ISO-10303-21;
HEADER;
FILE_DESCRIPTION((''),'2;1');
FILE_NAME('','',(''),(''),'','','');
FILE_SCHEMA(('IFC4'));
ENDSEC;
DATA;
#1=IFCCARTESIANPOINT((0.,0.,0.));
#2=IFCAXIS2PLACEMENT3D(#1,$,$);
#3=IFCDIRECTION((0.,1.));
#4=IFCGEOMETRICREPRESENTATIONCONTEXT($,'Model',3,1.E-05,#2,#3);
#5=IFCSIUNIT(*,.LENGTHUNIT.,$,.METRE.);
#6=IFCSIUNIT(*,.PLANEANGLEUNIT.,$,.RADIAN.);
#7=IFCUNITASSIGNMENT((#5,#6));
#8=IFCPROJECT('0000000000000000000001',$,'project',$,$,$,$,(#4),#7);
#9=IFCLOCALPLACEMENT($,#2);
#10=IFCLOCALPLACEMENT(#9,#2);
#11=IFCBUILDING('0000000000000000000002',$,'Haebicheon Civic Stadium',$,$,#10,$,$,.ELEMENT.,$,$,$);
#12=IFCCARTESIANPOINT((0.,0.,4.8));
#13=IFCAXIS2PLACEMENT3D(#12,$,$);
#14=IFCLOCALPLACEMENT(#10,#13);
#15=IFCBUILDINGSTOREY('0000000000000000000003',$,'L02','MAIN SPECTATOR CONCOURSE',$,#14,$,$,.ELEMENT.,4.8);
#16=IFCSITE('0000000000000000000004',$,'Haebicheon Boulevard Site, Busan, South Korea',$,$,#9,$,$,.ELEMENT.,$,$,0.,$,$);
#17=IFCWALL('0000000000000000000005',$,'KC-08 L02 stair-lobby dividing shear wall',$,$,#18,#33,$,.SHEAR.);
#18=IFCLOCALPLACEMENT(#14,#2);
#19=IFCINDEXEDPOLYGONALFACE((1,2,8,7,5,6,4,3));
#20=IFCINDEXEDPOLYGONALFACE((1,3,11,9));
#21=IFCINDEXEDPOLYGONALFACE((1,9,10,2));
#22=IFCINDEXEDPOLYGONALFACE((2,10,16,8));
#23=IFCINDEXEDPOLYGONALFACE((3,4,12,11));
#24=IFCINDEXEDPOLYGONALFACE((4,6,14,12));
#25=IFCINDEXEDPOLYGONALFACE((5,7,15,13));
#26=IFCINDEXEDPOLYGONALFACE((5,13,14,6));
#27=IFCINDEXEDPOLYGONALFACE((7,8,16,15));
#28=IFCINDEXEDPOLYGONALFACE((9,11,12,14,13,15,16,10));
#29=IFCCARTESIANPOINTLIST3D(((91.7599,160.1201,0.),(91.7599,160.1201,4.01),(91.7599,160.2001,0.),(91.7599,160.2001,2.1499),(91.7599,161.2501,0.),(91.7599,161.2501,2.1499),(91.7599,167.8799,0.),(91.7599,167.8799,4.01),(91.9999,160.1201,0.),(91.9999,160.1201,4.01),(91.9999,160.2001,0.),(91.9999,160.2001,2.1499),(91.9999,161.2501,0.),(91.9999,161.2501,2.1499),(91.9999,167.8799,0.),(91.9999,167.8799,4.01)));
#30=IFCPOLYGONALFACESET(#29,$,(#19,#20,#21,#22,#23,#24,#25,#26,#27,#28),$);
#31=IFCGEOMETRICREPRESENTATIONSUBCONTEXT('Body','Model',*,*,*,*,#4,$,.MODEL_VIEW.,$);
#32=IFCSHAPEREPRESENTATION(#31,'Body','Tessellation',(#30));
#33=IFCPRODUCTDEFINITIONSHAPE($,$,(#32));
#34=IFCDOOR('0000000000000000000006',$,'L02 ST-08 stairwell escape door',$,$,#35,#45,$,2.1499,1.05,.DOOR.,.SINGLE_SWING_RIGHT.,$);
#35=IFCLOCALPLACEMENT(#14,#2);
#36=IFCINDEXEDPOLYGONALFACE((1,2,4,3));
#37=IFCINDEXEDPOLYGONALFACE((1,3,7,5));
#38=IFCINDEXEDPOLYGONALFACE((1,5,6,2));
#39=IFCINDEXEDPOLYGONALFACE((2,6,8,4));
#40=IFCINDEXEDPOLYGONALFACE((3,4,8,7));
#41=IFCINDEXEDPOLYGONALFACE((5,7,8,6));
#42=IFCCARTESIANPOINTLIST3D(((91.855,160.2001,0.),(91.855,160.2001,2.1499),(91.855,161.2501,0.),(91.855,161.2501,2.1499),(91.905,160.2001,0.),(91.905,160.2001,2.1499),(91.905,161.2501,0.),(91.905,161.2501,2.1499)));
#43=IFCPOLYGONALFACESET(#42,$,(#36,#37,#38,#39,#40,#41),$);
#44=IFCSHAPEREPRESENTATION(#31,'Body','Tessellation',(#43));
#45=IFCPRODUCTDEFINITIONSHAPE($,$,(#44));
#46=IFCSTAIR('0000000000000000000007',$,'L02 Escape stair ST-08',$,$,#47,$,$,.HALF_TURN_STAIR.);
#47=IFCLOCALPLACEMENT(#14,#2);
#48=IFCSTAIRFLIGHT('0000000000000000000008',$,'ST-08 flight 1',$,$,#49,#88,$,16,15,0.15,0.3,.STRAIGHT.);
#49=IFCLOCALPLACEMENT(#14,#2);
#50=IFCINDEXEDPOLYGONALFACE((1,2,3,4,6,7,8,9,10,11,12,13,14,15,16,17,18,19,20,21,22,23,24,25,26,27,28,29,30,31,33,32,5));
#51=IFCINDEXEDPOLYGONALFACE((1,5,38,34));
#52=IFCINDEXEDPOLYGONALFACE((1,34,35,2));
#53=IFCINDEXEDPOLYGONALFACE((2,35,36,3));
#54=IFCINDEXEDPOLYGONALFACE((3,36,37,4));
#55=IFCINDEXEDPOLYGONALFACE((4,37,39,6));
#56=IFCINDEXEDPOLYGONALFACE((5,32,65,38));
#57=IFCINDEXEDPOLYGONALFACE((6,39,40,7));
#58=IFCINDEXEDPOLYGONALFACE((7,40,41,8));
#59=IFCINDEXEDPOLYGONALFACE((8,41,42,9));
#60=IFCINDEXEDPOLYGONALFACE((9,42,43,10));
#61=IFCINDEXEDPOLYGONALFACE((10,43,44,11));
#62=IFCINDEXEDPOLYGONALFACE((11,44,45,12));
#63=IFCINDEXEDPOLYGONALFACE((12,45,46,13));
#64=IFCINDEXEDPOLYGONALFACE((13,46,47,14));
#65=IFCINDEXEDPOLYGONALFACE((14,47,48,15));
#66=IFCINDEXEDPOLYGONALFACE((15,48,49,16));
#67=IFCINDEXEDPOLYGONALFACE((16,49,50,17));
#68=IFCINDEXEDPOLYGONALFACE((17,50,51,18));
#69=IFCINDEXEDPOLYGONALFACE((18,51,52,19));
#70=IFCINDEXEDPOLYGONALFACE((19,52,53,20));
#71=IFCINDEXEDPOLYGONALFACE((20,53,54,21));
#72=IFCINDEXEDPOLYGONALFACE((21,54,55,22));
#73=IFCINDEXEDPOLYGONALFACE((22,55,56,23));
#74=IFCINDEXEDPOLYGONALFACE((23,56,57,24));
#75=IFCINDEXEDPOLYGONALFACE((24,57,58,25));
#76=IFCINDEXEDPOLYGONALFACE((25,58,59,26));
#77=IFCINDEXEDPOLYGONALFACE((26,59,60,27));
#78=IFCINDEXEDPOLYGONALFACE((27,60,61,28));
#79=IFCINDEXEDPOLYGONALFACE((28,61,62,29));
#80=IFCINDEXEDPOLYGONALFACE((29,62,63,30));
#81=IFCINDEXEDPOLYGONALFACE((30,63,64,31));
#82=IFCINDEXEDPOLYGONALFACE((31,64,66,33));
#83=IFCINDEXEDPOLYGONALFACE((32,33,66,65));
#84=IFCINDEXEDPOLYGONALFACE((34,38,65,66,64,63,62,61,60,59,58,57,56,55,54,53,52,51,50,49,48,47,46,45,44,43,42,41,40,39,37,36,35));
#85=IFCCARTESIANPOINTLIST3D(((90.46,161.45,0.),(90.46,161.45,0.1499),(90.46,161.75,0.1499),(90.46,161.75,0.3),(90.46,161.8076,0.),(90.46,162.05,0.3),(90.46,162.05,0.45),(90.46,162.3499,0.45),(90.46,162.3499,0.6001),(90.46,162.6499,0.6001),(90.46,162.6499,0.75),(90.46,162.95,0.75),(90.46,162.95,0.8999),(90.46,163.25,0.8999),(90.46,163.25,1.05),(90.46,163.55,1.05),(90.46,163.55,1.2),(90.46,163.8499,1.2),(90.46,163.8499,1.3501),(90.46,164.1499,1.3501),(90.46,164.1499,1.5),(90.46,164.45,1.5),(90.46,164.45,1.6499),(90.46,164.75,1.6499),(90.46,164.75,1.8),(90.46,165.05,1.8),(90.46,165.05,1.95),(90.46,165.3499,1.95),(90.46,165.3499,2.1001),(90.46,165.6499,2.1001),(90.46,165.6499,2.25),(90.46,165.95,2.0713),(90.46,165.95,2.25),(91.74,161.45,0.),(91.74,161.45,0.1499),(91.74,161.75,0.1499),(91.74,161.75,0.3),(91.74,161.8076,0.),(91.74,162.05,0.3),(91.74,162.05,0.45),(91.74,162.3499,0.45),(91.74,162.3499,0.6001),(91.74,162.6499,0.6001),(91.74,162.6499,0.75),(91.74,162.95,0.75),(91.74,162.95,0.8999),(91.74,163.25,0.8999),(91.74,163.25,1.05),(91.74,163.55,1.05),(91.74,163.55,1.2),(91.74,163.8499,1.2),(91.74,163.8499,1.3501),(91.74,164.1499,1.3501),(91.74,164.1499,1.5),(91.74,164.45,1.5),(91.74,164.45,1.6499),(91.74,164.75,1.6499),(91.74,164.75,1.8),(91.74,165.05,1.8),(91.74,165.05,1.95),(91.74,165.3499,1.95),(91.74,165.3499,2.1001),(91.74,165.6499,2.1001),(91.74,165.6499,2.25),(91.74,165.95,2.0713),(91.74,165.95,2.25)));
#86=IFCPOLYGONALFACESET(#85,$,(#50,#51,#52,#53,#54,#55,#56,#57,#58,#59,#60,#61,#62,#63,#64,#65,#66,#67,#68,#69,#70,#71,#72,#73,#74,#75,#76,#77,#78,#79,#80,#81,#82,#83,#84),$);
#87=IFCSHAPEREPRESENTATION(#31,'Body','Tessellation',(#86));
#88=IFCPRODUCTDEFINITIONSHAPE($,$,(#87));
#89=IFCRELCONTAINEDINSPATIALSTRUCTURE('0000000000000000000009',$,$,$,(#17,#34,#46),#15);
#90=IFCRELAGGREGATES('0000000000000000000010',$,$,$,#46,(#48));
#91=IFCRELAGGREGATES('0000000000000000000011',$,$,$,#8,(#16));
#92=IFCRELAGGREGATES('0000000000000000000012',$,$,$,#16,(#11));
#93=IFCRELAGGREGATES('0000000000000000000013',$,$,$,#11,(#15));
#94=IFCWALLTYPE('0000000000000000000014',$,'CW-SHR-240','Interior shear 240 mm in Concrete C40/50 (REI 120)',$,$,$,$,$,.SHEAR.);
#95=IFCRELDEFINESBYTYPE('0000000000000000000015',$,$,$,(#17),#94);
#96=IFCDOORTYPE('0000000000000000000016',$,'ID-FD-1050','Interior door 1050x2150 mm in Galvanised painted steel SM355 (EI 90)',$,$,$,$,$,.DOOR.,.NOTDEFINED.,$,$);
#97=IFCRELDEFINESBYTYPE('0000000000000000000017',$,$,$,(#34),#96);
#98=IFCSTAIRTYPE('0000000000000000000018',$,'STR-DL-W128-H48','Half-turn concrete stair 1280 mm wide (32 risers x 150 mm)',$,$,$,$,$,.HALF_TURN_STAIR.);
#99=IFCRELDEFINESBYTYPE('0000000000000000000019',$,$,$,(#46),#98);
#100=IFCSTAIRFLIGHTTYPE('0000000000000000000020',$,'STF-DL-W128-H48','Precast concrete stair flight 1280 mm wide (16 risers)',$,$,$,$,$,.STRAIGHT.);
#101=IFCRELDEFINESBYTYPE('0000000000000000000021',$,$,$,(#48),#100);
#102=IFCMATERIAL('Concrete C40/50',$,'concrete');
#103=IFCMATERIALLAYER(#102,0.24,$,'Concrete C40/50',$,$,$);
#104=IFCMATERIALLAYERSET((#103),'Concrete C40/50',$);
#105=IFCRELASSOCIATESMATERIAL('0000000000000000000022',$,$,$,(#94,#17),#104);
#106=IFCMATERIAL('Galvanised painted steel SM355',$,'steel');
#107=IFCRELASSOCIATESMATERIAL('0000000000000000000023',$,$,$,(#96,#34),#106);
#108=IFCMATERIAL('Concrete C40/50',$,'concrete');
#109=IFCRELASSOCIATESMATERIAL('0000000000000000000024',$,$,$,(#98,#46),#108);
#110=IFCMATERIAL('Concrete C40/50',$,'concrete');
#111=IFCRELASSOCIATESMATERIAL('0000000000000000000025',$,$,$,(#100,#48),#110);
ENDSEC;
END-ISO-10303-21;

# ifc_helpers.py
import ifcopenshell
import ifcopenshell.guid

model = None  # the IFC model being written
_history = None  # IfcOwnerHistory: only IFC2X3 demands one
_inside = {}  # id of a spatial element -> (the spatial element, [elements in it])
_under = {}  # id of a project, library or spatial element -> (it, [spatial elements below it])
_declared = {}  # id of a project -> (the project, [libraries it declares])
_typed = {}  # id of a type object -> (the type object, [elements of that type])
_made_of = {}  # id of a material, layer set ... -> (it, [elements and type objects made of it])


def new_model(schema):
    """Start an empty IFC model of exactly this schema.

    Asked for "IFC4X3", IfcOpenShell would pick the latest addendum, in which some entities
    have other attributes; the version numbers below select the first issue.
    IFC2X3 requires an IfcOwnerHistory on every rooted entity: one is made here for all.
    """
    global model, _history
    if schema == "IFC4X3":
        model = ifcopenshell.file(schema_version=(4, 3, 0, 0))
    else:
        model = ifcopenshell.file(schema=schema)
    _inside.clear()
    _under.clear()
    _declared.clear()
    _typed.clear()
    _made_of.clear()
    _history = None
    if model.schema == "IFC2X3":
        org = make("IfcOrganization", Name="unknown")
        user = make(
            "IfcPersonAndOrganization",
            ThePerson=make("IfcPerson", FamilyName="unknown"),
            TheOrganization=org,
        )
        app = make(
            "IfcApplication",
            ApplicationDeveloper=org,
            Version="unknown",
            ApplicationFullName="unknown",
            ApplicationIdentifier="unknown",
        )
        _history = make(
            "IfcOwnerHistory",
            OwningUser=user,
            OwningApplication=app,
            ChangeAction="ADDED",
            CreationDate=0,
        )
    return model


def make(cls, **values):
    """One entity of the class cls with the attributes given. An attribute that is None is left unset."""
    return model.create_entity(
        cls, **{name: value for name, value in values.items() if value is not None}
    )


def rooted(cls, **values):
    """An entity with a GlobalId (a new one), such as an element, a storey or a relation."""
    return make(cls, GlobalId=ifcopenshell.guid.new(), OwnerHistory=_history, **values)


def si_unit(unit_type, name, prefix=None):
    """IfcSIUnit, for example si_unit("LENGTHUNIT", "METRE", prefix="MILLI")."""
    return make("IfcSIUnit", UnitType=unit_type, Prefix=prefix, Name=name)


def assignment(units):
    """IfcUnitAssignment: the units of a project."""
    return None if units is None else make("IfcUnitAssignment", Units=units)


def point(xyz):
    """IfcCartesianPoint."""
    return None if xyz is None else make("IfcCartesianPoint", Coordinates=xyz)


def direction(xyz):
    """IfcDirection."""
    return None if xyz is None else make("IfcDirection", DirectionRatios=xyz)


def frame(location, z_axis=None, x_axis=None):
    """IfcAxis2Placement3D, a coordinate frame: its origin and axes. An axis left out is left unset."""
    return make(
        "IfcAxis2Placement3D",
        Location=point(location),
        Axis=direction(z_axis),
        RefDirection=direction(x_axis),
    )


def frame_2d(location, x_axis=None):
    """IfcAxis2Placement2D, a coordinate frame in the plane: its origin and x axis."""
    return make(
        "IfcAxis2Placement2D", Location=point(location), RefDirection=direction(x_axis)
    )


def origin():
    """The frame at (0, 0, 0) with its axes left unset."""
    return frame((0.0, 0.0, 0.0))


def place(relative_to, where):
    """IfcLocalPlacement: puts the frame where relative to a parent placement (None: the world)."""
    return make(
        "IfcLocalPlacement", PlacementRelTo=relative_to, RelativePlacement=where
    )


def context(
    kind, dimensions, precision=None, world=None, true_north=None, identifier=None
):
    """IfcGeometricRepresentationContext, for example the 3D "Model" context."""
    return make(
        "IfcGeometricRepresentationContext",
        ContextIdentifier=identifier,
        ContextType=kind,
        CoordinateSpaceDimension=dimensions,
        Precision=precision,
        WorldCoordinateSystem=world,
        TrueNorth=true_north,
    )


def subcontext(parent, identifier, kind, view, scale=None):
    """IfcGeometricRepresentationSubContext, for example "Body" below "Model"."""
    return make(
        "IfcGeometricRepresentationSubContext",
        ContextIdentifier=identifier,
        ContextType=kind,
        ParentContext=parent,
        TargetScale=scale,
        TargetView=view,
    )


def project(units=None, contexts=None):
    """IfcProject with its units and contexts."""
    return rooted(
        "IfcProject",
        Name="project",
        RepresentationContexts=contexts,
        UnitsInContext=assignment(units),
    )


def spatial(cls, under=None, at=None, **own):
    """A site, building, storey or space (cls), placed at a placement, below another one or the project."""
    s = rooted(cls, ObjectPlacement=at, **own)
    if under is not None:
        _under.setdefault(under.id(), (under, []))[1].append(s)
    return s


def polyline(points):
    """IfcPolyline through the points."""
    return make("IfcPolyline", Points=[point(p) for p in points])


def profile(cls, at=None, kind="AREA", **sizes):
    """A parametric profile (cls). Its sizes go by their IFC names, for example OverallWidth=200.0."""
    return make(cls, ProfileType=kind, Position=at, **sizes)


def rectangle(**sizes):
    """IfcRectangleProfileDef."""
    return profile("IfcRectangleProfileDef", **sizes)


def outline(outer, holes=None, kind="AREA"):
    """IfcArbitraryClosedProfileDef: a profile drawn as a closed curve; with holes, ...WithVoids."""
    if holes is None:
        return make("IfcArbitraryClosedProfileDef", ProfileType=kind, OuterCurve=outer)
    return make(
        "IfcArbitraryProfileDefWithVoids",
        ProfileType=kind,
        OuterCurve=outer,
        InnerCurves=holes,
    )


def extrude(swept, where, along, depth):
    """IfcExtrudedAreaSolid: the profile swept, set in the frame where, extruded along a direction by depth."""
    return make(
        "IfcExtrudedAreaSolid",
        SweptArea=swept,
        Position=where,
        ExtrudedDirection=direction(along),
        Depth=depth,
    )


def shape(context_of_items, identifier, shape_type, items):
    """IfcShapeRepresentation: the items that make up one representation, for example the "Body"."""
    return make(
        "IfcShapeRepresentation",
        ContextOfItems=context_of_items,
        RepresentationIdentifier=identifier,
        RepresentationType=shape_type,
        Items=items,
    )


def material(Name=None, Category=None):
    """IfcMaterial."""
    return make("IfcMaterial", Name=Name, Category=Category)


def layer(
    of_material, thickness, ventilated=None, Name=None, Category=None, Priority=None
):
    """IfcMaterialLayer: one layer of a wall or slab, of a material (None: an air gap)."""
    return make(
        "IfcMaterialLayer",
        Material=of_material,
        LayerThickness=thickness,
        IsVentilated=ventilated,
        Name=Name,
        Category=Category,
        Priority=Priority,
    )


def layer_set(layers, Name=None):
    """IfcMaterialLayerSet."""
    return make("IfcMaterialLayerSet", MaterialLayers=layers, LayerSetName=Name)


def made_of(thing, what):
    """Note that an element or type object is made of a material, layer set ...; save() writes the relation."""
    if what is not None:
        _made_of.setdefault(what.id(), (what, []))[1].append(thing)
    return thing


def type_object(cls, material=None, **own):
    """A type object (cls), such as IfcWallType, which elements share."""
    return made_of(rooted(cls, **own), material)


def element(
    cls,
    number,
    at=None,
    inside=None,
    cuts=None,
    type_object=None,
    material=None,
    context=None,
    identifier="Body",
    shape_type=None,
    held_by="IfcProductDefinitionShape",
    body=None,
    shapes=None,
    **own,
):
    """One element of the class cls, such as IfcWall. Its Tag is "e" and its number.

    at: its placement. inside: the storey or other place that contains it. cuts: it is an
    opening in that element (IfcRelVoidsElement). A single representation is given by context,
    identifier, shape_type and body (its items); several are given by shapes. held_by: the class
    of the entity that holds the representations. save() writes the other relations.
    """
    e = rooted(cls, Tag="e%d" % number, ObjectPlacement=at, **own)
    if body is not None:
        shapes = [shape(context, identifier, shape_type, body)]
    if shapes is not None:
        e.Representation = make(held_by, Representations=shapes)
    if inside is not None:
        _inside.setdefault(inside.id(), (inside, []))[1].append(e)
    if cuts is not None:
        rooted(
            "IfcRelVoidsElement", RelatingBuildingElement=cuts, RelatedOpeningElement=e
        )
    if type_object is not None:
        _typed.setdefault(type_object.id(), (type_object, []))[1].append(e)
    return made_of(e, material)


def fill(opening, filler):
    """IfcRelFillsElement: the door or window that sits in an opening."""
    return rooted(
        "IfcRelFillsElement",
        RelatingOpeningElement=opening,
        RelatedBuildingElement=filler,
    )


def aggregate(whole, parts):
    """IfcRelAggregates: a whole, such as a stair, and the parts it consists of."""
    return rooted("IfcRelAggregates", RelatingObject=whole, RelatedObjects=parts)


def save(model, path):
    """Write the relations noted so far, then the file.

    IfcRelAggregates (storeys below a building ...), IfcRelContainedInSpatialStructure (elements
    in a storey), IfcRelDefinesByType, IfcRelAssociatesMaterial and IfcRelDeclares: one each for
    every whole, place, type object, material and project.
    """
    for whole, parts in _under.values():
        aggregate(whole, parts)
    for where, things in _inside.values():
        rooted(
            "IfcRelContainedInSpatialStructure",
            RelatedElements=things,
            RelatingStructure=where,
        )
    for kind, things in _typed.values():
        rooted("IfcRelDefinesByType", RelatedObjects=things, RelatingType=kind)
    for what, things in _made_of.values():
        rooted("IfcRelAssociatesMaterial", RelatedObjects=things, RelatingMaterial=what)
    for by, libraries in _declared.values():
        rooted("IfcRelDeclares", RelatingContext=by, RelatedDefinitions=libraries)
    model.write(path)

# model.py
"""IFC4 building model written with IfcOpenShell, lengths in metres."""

from ifc_helpers import new_model, si_unit, direction, frame, frame_2d, origin, place, context, subcontext, project, spatial, polyline, rectangle, outline, extrude, material, layer, layer_set, type_object, element, fill, aggregate, save


model = new_model("IFC4")

# Units and contexts
model_context = context("Model", 3, precision=1e-05, world=origin(), true_north=direction((0.0, 1.0)))
body_context = subcontext(model_context, "Body", "Model", "MODEL_VIEW")
ifc_project = project(units=[si_unit("LENGTHUNIT", "METRE"), si_unit("PLANEANGLEUNIT", "RADIAN")], contexts=[model_context])

# Site, building, storey
site_placement = place(None, origin())
site = spatial("IfcSite", under=ifc_project, at=site_placement, Name="Haebicheon Boulevard Site, Busan, South Korea", CompositionType="ELEMENT", RefElevation=0.0)
building_placement = place(site_placement, origin())
building = spatial("IfcBuilding", under=site, at=building_placement, Name="Haebicheon Civic Stadium", CompositionType="ELEMENT")
storey_placement = place(building_placement, frame((0.0, 0.0, 4.8)))
storey = spatial("IfcBuildingStorey", under=building, at=storey_placement, Name="L02", Description="MAIN SPECTATOR CONCOURSE", CompositionType="ELEMENT", Elevation=4.8)

# Shared definitions
ifc_material_1 = material(Name="Concrete C40/50", Category="concrete")
ifc_layer = layer(ifc_material_1, 0.24, Name="Concrete C40/50")
ifc_layer_set = layer_set([ifc_layer], Name="Concrete C40/50")
wall_type = type_object("IfcWallType", Name="CW-SHR-240", Description="Interior shear 240 mm in Concrete C40/50 (REI 120)", PredefinedType="SHEAR", material=ifc_layer_set)

# Wall, opening, door
wall_1_placement = place(storey_placement, frame((91.8799, 160.1201, 0.0), z_axis=(0.0, 0.0, 1.0), x_axis=(0.0, 1.0, 0.0)))
wall_1 = element("IfcWall", 1, at=wall_1_placement, inside=storey, type_object=wall_type, material=ifc_layer_set, Name="KC-08 L02 stair-lobby dividing shear wall", PredefinedType="SHEAR", context=body_context, shape_type="SweptSolid", body=[
    extrude(rectangle(XDim=7.7598, YDim=0.24, at=frame_2d((3.8799, 0.0))), origin(), (0.0, 0.0, 1.0), 4.01),
])
opening_placement = place(wall_1_placement, frame((0.0801, 0.0, 0.0)))
opening = element("IfcOpeningElement", 2, at=opening_placement, cuts=wall_1, PredefinedType="OPENING", context=body_context, shape_type="SweptSolid", body=[
    extrude(rectangle(XDim=1.05, YDim=2.1499, at=frame_2d((0.5249, 1.075))), frame((0.0, 0.1299, 0.0), z_axis=(0.0, -1.0, 0.0), x_axis=(1.0, 0.0, 0.0)), (0.0, 0.0, 1.0), 0.26),
])
ifc_material_2 = material(Name="Galvanised painted steel SM355", Category="steel")
door_type = type_object("IfcDoorType", Name="ID-FD-1050", Description="Interior door 1050x2150 mm in Galvanised painted steel SM355 (EI 90)", OperationType="NOTDEFINED", PredefinedType="DOOR", material=ifc_material_2)
door_placement = place(opening_placement, origin())
door = element("IfcDoor", 3, at=door_placement, inside=storey, type_object=door_type, material=ifc_material_2, Name="L02 ST-08 stairwell escape door", OperationType="SINGLE_SWING_RIGHT", OverallHeight=2.1499, OverallWidth=1.05, PredefinedType="DOOR", context=body_context, shape_type="SweptSolid", body=[
    extrude(rectangle(XDim=1.05, YDim=2.1499, at=frame_2d((0.5249, 1.075))), frame((0.0, 0.0249, 0.0), z_axis=(0.0, -1.0, 0.0), x_axis=(1.0, 0.0, 0.0)), (0.0, 0.0, 1.0), 0.05),
])
fill(opening, door)

# Stair, stair flight
ifc_material_3 = material(Name="Concrete C40/50", Category="concrete")
stair_type = type_object("IfcStairType", Name="STR-DL-W128-H48", Description="Half-turn concrete stair 1280 mm wide (32 risers x 150 mm)", PredefinedType="HALF_TURN_STAIR", material=ifc_material_3)
stair_placement = place(storey_placement, origin())
stair = element("IfcStair", 4, at=stair_placement, inside=storey, type_object=stair_type, material=ifc_material_3, Name="L02 Escape stair ST-08", PredefinedType="HALF_TURN_STAIR")
ifc_material_4 = material(Name="Concrete C40/50", Category="concrete")
stair_flight_type = type_object("IfcStairFlightType", Name="STF-DL-W128-H48", Description="Precast concrete stair flight 1280 mm wide (16 risers)", PredefinedType="STRAIGHT", material=ifc_material_4)
stair_flight_placement = place(storey_placement, frame((91.1001, 161.45, 0.0), z_axis=(0.0, 0.0, 1.0), x_axis=(0.0, 1.0, 0.0)))
stair_flight = element("IfcStairFlight", 5, at=stair_flight_placement, type_object=stair_flight_type, material=ifc_material_4, Name="ST-08 flight 1", NumberOfRisers=16, NumberOfTreads=15, PredefinedType="STRAIGHT", RiserHeight=0.15, TreadLength=0.3, context=body_context, shape_type="SweptSolid", body=[
    extrude(outline(polyline([(0.0, 0.0), (0.0, 0.1499), (0.3, 0.1499), (0.3, 0.3), (0.6001, 0.3), (0.6001, 0.45), (0.8999, 0.45), (0.8999, 0.6001), (1.2, 0.6001), (1.2, 0.75), (1.5, 0.75), (1.5, 0.8999), (1.8, 0.8999), (1.8, 1.05), (2.1001, 1.05), (2.1001, 1.2), (2.3999, 1.2), (2.3999, 1.3501), (2.7, 1.3501), (2.7, 1.5), (3.0, 1.5), (3.0, 1.6499), (3.3, 1.6499), (3.3, 1.8), (3.6001, 1.8), (3.6001, 1.95), (3.8999, 1.95), (3.8999, 2.1001), (4.2, 2.1001), (4.2, 2.25), (4.5, 2.25), (4.5, 2.3999), (4.5, 2.0713), (0.3577, 0.0), (0.0, 0.0)])), frame((0.0, 0.6401, 0.0), z_axis=(0.0, -1.0, 0.0), x_axis=(1.0, 0.0, 0.0)), (0.0, 0.0, 1.0), 1.28),
])
aggregate(stair, [stair_flight])

save(model, "model.ifc")
